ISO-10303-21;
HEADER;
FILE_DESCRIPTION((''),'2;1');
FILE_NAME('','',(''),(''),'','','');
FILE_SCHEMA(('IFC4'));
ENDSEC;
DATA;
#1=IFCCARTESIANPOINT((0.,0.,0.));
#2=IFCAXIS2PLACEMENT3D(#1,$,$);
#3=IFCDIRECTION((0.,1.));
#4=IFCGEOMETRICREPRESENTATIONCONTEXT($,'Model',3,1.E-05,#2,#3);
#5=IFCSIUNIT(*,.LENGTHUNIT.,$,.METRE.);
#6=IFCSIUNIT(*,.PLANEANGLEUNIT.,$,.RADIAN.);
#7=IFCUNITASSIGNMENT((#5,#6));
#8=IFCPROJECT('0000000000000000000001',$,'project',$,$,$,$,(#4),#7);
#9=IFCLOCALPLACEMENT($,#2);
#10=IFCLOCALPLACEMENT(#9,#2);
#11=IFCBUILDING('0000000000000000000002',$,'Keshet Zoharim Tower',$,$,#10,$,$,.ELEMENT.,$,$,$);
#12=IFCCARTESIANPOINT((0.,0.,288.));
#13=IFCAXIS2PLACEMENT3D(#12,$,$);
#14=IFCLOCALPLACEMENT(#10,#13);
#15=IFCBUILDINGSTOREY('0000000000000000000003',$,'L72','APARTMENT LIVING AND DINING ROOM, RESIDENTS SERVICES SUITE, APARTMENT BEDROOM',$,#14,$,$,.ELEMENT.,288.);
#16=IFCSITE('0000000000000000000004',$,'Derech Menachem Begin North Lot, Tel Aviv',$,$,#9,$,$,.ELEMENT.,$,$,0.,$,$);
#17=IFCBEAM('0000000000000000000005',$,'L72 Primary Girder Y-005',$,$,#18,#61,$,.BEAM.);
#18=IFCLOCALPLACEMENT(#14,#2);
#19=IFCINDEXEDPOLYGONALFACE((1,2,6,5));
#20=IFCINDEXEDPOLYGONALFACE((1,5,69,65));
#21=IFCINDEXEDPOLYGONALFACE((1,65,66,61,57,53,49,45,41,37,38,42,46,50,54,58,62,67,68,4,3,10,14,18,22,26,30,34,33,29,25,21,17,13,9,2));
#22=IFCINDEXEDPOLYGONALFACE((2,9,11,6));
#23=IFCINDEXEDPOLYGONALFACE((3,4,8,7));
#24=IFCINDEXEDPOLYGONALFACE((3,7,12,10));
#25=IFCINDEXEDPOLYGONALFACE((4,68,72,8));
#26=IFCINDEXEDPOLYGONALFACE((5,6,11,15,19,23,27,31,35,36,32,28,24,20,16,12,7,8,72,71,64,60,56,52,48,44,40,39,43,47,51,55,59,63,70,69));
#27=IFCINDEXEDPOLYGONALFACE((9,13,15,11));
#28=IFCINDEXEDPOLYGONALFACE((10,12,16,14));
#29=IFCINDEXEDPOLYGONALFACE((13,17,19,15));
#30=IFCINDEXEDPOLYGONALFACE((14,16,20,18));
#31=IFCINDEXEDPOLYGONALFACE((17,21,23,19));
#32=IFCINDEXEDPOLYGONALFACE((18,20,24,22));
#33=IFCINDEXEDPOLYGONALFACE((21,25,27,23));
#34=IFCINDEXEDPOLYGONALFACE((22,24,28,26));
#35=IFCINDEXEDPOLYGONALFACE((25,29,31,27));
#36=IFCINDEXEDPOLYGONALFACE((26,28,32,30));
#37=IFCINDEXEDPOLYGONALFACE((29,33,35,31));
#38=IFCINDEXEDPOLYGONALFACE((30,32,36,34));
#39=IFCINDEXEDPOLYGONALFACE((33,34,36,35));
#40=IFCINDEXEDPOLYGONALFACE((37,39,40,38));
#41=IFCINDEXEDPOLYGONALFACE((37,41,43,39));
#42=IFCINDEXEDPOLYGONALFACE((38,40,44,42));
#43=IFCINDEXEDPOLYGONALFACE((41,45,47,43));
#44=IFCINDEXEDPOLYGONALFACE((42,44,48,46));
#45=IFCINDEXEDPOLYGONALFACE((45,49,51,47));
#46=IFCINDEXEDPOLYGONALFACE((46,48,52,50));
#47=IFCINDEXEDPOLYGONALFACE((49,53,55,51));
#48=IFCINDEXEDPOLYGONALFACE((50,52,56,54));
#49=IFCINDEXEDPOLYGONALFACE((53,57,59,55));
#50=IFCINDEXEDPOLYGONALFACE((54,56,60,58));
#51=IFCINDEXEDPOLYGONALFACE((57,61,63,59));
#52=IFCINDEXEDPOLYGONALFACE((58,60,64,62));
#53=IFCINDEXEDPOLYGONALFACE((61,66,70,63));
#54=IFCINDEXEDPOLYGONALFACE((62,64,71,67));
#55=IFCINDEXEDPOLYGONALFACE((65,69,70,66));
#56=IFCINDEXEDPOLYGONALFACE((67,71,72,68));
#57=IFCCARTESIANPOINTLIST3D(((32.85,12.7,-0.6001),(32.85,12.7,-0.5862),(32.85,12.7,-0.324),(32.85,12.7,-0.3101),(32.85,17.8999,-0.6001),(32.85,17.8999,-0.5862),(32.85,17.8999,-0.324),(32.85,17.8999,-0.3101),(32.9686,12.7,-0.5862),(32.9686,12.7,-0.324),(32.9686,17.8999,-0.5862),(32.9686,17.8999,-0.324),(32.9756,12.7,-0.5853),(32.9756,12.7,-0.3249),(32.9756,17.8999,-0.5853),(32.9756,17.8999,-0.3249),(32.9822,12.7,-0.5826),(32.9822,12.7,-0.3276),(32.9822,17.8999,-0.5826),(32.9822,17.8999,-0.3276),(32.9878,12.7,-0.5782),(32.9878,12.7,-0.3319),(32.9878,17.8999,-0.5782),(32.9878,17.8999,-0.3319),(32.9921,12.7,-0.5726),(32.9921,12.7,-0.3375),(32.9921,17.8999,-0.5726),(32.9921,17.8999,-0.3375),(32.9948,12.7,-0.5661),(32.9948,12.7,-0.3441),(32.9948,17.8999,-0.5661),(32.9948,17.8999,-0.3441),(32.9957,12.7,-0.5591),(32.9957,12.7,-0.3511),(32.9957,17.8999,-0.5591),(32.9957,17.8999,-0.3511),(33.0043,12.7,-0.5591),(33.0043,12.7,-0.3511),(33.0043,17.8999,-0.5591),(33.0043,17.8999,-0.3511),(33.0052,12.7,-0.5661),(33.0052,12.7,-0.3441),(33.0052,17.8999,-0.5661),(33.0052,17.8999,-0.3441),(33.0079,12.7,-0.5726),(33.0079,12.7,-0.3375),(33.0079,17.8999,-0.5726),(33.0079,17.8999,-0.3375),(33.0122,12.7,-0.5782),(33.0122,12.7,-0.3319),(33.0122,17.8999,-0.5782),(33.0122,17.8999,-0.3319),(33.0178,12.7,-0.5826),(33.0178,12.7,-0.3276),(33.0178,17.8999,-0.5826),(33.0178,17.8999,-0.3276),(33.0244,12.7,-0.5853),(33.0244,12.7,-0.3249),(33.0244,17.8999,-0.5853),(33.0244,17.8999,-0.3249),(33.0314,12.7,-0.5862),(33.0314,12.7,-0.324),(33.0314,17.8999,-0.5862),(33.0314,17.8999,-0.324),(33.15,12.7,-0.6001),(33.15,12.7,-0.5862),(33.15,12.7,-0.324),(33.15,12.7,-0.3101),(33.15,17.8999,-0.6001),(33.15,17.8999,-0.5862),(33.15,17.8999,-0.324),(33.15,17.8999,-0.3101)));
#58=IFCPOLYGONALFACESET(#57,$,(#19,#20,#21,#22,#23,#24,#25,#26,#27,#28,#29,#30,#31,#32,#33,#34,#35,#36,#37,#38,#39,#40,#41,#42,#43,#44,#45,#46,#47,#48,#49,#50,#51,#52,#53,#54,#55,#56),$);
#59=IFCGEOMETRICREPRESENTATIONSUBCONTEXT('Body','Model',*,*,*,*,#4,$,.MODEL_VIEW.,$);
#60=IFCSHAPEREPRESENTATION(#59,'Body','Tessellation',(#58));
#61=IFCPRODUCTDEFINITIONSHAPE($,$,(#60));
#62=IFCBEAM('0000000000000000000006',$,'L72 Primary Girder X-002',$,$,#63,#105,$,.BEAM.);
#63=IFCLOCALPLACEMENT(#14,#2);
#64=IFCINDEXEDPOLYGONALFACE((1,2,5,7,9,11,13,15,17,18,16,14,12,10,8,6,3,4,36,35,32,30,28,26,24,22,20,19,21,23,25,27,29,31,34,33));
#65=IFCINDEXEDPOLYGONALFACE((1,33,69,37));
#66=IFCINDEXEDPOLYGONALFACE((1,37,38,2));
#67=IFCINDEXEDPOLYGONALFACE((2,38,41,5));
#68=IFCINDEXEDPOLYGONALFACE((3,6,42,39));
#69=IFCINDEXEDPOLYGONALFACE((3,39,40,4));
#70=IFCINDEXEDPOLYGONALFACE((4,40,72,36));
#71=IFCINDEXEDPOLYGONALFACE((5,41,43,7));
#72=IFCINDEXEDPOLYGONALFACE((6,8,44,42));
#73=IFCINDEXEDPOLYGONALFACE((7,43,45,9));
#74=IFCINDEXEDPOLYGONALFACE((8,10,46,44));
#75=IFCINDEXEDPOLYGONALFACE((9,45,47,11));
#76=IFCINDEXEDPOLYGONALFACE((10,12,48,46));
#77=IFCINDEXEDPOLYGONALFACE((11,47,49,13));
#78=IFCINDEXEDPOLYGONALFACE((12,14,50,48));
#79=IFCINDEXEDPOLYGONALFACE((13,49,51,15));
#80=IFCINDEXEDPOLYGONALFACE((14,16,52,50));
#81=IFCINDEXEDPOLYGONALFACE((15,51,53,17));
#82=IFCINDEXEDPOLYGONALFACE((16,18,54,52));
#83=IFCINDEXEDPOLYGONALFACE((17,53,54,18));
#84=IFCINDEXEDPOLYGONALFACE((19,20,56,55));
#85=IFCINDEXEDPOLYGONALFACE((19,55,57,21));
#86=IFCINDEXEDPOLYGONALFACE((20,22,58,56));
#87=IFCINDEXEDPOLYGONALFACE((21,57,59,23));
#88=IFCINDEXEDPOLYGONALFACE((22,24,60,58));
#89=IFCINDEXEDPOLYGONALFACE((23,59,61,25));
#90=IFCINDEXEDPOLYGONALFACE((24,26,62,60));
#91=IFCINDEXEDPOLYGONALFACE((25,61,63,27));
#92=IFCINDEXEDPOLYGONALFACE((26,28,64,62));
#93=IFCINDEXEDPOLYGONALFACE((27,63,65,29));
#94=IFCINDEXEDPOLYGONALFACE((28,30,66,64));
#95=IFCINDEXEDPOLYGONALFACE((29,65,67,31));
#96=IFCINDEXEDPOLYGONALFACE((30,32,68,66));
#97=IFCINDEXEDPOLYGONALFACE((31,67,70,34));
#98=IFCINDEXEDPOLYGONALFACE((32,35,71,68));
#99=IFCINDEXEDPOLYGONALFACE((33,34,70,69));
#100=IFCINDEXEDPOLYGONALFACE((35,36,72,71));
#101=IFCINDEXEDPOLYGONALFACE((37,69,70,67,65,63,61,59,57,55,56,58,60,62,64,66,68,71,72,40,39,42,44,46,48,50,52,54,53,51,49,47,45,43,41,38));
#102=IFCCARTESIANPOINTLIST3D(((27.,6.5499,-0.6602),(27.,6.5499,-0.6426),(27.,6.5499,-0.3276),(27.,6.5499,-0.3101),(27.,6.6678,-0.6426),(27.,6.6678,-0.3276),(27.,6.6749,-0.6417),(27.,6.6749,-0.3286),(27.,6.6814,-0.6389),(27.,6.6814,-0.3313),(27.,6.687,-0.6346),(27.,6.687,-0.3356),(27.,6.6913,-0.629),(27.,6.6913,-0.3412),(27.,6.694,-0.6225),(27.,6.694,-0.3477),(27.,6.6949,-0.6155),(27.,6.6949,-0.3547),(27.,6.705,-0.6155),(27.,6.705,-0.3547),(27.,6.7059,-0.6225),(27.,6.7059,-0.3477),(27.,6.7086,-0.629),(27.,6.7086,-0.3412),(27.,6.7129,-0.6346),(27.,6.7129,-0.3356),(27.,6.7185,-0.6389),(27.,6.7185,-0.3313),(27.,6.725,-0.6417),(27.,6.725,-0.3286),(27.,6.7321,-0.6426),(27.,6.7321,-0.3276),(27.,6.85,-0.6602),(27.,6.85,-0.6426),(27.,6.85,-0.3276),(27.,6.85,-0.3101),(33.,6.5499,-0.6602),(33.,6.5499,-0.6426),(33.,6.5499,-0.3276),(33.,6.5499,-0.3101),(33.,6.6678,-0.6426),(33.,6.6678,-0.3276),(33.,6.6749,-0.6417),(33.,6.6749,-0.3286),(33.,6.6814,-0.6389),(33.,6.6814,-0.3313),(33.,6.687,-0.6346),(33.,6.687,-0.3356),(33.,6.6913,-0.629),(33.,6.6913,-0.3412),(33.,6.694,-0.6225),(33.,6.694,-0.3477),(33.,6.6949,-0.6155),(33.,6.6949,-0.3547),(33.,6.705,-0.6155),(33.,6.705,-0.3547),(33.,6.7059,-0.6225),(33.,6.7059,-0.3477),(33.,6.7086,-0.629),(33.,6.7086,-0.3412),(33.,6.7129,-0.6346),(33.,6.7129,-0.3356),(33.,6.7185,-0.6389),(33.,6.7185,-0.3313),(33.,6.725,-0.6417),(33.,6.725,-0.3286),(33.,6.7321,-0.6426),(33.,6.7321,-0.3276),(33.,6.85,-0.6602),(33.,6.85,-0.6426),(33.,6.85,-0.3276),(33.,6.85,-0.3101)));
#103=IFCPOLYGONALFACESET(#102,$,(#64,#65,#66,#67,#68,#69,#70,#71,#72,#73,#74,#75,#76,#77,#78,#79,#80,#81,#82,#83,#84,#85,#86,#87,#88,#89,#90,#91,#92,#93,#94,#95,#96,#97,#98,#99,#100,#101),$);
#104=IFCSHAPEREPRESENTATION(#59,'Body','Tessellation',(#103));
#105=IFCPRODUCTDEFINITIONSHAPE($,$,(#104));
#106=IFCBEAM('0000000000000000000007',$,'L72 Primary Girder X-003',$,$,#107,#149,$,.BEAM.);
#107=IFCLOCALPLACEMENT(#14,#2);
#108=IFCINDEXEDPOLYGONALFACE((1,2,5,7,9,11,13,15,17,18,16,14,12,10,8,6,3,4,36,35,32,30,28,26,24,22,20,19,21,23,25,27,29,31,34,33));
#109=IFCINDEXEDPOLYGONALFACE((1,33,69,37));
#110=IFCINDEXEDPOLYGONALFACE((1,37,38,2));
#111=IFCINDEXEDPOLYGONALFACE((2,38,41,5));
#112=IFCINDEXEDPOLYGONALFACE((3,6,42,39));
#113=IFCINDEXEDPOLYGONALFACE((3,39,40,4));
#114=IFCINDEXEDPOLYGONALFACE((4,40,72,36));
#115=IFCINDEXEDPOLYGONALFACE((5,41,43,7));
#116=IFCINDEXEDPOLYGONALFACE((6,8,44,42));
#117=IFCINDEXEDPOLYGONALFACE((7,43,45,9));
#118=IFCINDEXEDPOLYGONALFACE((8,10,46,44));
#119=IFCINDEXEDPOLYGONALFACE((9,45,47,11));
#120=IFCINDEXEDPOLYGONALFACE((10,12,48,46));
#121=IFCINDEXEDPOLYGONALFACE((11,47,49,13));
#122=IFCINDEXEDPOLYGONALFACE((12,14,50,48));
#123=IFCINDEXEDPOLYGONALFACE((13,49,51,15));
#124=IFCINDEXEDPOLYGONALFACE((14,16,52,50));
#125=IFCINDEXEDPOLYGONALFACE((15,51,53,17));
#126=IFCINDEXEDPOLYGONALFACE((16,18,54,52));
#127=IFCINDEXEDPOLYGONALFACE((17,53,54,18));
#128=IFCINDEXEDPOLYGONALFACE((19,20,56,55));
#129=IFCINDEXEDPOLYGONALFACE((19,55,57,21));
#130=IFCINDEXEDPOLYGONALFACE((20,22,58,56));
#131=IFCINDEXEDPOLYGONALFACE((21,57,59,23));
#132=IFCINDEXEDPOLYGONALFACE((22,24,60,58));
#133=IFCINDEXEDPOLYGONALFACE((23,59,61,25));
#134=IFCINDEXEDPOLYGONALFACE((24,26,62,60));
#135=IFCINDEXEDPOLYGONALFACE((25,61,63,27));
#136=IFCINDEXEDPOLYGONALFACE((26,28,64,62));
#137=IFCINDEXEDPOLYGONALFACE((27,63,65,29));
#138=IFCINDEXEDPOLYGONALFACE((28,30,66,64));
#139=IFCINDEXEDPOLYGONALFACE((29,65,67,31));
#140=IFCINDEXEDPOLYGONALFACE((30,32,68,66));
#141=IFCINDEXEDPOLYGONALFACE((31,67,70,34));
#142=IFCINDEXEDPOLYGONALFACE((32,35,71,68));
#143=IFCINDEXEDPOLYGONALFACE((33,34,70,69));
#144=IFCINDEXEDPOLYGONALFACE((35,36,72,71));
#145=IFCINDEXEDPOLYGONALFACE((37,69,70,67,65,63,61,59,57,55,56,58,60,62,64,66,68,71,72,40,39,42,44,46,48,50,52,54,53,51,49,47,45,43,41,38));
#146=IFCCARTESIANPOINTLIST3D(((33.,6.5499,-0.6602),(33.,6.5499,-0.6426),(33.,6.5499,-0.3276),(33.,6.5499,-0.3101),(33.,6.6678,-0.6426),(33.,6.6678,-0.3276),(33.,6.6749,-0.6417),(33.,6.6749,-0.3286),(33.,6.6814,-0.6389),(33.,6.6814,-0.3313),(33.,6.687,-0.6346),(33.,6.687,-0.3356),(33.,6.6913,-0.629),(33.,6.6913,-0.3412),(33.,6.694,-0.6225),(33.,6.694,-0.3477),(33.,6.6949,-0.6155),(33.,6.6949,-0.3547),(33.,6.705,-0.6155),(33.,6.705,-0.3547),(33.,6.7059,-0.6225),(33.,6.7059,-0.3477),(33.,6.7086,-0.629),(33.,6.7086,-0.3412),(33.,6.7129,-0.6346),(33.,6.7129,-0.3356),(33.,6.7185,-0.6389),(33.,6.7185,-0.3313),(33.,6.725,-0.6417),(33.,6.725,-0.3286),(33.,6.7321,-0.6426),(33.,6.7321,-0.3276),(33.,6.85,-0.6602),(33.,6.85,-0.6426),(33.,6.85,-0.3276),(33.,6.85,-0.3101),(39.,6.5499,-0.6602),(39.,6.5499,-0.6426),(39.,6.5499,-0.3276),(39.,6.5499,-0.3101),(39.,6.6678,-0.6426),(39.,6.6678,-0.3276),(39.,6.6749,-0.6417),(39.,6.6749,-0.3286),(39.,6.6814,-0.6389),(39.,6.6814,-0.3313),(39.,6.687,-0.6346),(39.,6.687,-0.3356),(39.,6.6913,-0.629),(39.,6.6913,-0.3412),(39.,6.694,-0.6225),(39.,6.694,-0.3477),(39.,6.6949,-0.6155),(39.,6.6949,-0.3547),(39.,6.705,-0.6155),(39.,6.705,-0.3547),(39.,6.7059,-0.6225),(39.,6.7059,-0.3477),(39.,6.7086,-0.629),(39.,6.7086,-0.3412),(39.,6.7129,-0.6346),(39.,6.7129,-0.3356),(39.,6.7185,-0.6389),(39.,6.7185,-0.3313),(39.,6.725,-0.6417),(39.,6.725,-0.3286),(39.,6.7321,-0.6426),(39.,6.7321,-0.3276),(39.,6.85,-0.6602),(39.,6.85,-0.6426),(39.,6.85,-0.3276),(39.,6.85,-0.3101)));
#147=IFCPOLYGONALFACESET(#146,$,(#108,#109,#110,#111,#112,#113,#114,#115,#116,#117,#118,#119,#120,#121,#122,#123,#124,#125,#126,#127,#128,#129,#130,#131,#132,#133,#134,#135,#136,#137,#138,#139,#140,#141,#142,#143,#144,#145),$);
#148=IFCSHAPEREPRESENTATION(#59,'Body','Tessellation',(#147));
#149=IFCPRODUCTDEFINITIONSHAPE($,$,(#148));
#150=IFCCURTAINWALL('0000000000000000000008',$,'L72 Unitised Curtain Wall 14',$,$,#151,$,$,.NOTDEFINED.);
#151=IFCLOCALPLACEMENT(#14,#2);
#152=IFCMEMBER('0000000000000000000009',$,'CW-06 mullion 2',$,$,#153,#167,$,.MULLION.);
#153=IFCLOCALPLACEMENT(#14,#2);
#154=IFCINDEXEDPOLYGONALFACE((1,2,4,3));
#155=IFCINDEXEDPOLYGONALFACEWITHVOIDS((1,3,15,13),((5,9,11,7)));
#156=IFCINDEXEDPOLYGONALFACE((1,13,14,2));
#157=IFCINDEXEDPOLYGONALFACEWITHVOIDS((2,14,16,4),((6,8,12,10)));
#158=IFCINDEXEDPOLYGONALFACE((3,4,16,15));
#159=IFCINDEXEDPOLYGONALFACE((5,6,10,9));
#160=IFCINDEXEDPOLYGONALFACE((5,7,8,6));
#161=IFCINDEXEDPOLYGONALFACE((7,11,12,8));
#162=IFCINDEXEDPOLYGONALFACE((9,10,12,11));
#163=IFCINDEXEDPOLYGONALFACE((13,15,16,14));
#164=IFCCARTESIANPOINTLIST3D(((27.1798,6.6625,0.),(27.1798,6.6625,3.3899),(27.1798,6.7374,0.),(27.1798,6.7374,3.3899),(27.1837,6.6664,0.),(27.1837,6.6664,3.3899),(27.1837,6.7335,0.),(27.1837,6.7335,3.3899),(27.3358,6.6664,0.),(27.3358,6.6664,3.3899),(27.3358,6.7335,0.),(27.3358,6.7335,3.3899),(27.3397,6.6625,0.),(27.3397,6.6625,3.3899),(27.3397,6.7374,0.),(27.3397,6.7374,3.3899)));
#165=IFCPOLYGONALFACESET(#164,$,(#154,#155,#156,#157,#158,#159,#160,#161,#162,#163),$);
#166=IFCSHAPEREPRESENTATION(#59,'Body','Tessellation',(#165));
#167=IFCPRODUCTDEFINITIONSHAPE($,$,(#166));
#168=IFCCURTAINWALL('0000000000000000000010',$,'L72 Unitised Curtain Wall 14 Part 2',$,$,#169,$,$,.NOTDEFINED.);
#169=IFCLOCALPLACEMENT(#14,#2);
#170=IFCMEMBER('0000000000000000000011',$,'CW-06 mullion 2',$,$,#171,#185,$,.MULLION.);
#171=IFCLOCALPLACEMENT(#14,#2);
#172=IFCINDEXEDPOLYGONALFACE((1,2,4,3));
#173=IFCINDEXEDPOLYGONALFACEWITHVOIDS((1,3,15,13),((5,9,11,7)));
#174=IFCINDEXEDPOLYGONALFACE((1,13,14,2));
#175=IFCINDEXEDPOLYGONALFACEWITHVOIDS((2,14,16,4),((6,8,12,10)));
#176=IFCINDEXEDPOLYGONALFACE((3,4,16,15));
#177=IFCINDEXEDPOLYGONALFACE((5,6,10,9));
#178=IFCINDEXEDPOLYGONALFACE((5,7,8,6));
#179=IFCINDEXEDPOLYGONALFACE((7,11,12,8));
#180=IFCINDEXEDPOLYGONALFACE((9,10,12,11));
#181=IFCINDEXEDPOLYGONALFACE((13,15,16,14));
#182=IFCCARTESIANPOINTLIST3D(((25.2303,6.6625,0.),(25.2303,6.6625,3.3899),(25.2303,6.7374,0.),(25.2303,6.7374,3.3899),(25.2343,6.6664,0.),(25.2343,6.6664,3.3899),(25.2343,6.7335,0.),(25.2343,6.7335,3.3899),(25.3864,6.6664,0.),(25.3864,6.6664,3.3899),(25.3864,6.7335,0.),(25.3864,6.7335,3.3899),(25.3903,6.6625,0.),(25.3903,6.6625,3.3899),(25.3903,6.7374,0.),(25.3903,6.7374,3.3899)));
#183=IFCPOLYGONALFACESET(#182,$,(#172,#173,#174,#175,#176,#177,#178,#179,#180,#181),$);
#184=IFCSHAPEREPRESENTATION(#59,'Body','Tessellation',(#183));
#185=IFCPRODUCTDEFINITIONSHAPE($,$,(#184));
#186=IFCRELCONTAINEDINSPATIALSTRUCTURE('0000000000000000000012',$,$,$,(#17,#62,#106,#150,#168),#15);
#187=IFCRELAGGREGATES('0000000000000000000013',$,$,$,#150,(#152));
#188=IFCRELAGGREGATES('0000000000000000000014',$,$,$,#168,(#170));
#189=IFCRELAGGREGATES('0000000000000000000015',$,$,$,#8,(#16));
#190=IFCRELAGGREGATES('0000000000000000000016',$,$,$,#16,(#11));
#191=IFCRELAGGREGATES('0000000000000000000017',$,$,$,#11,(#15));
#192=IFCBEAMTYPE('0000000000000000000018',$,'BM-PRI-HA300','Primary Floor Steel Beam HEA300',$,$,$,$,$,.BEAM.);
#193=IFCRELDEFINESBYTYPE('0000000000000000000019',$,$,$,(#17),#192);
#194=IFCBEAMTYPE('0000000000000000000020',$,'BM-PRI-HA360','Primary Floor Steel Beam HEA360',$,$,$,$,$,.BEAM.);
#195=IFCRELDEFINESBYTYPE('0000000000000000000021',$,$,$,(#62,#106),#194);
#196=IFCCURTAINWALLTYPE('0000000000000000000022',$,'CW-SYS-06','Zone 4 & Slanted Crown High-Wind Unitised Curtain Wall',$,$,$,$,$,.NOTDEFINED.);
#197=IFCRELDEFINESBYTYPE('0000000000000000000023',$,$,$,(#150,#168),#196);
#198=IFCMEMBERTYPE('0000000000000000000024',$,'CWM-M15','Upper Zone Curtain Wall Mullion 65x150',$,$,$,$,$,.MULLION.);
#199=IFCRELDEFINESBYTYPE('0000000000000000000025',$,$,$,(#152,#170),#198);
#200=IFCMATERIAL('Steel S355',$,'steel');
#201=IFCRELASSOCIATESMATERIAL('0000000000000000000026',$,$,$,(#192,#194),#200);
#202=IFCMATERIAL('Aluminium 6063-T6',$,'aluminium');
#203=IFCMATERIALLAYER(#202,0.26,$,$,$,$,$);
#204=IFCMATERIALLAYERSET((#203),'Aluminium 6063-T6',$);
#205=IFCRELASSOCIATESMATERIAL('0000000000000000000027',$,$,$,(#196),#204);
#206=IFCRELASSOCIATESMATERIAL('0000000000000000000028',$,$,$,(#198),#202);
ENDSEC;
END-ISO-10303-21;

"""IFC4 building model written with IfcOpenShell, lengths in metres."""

from ifc_helpers import new_model, si_unit, direction, frame, origin, origin_2d, place, context, subcontext, project, spatial, hollow_rectangle, i_section, extrude, material, layer, layer_set, material_profile, profile_set, type_object, element, aggregate, save


model = new_model("IFC4")

# Units and contexts
model_context = context("Model", 3, precision=1e-05, world=origin(), true_north=direction((0.0, 1.0)))
body_context = subcontext(model_context, "Body", "Model", "MODEL_VIEW")
ifc_project = project(units=[si_unit("LENGTHUNIT", "METRE"), si_unit("PLANEANGLEUNIT", "RADIAN")], contexts=[model_context])

# Site, building, storey
site_placement = place(None, origin())
site = spatial("IfcSite", under=ifc_project, at=site_placement, Name="Derech Menachem Begin North Lot, Tel Aviv", CompositionType="ELEMENT", RefElevation=0.0)
building_placement = place(site_placement, origin())
building = spatial("IfcBuilding", under=site, at=building_placement, Name="Keshet Zoharim Tower", CompositionType="ELEMENT")
storey_placement = place(building_placement, frame((0.0, 0.0, 288.0)))
storey = spatial("IfcBuildingStorey", under=building, at=storey_placement, Name="L72", Description="APARTMENT LIVING AND DINING ROOM, RESIDENTS SERVICES SUITE, APARTMENT BEDROOM", CompositionType="ELEMENT", Elevation=288.0)

# Shared definitions
ifc_material_1 = material(Name="Steel S355", Category="steel")

# Beams
ifc_material_profile_1 = material_profile(ifc_material_1, i_section(OverallWidth=0.3, OverallDepth=0.29, WebThickness=0.0085, FlangeThickness=0.0139, FilletRadius=0.0271, at=origin_2d()), Name="HEA300")
ifc_profile_set_1 = profile_set([ifc_material_profile_1], Name="Steel S355")
beam_type_1 = type_object("IfcBeamType", Name="BM-PRI-HA300", Description="Primary Floor Steel Beam HEA300", PredefinedType="BEAM", material=ifc_profile_set_1)
beam_1_placement = place(storey_placement, frame((33.0, 12.7, -0.4551), z_axis=(0.0, 1.0, 0.0), x_axis=(-1.0, 0.0, 0.0)))
element("IfcBeam", 1, at=beam_1_placement, inside=storey, type_object=beam_type_1, Name="L72 Primary Girder Y-005", PredefinedType="BEAM", context=body_context, shape_type="SweptSolid", body=[
    extrude(i_section(OverallWidth=0.3, OverallDepth=0.29, WebThickness=0.0085, FlangeThickness=0.0139, FilletRadius=0.0271, at=origin_2d()), origin(), (0.0, 0.0, 1.0), 5.2),
])
ifc_material_profile_2 = material_profile(ifc_material_1, i_section(OverallWidth=0.3, OverallDepth=0.3501, WebThickness=0.01, FlangeThickness=0.0176, FilletRadius=0.0271, at=origin_2d()), Name="HEA360")
ifc_profile_set_2 = profile_set([ifc_material_profile_2], Name="Steel S355")
beam_type_2 = type_object("IfcBeamType", Name="BM-PRI-HA360", Description="Primary Floor Steel Beam HEA360", PredefinedType="BEAM", material=ifc_profile_set_2)
for number, where, z_axis, x_axis, name in (
    (2, (27.0, 6.7, -0.4851), (1.0, 0.0, 0.0), (0.0, 1.0, 0.0), "L72 Primary Girder X-002"),
    (3, (33.0, 6.7, -0.4851), (1.0, 0.0, 0.0), (0.0, 1.0, 0.0), "L72 Primary Girder X-003"),
):
    element("IfcBeam", number, at=place(storey_placement, frame(where, z_axis=z_axis, x_axis=x_axis)), inside=storey, type_object=beam_type_2, Name=name, PredefinedType="BEAM", context=body_context, shape_type="SweptSolid", body=[
        extrude(i_section(OverallWidth=0.3, OverallDepth=0.3501, WebThickness=0.01, FlangeThickness=0.0176, FilletRadius=0.0271, at=origin_2d()), origin(), (0.0, 0.0, 1.0), 6.0),
    ])

# Curtain wall, member
ifc_material_2 = material(Name="Aluminium 6063-T6", Category="aluminium")
ifc_layer_1 = layer(ifc_material_2, 0.26)
ifc_layer_set_1 = layer_set([ifc_layer_1], Name="Aluminium 6063-T6")
curtain_wall_type = type_object("IfcCurtainWallType", Name="CW-SYS-06", Description="Zone 4 & Slanted Crown High-Wind Unitised Curtain Wall", PredefinedType="NOTDEFINED", material=ifc_layer_set_1)
curtain_wall_1_placement = place(storey_placement, origin())
curtain_wall_1 = element("IfcCurtainWall", 4, at=curtain_wall_1_placement, inside=storey, type_object=curtain_wall_type, Name="L72 Unitised Curtain Wall 14", PredefinedType="NOTDEFINED")
ifc_material_profile_3 = material_profile(ifc_material_2, hollow_rectangle(XDim=0.075, YDim=0.1599, WallThickness=0.0039, at=origin_2d()), Name="MUL-75x160")
ifc_profile_set_3 = profile_set([ifc_material_profile_3], Name="Aluminium 6063-T6")
member_type_1 = type_object("IfcMemberType", Name="CWM-M15", Description="Upper Zone Curtain Wall Mullion 65x150", PredefinedType="MULLION", material=ifc_profile_set_3)
member_1_placement = place(storey_placement, frame((27.2598, 6.7, 0.0), z_axis=(0.0, 0.0, 1.0), x_axis=(0.0, -1.0, 0.0)))
member_1 = element("IfcMember", 5, at=member_1_placement, type_object=member_type_1, Name="CW-06 mullion 2", PredefinedType="MULLION", context=body_context, shape_type="SweptSolid", body=[
    extrude(hollow_rectangle(XDim=0.075, YDim=0.1599, WallThickness=0.0039, at=origin_2d()), origin(), (0.0, 0.0, 1.0), 3.3899),
])

# Curtain wall, member
curtain_wall_2_placement = place(storey_placement, origin())
curtain_wall_2 = element("IfcCurtainWall", 6, at=curtain_wall_2_placement, inside=storey, type_object=curtain_wall_type, Name="L72 Unitised Curtain Wall 14 Part 2", PredefinedType="NOTDEFINED")
member_2_placement = place(storey_placement, frame((25.3103, 6.7, 0.0), z_axis=(0.0, 0.0, 1.0), x_axis=(0.0, -1.0, 0.0)))
member_2 = element("IfcMember", 7, at=member_2_placement, type_object=member_type_1, Name="CW-06 mullion 2", PredefinedType="MULLION", context=body_context, shape_type="SweptSolid", body=[
    extrude(hollow_rectangle(XDim=0.075, YDim=0.1599, WallThickness=0.0039, at=origin_2d()), origin(), (0.0, 0.0, 1.0), 3.3899),
])

aggregate(curtain_wall_1, [member_1])
aggregate(curtain_wall_2, [member_2])

save(model, "model.ifc")
